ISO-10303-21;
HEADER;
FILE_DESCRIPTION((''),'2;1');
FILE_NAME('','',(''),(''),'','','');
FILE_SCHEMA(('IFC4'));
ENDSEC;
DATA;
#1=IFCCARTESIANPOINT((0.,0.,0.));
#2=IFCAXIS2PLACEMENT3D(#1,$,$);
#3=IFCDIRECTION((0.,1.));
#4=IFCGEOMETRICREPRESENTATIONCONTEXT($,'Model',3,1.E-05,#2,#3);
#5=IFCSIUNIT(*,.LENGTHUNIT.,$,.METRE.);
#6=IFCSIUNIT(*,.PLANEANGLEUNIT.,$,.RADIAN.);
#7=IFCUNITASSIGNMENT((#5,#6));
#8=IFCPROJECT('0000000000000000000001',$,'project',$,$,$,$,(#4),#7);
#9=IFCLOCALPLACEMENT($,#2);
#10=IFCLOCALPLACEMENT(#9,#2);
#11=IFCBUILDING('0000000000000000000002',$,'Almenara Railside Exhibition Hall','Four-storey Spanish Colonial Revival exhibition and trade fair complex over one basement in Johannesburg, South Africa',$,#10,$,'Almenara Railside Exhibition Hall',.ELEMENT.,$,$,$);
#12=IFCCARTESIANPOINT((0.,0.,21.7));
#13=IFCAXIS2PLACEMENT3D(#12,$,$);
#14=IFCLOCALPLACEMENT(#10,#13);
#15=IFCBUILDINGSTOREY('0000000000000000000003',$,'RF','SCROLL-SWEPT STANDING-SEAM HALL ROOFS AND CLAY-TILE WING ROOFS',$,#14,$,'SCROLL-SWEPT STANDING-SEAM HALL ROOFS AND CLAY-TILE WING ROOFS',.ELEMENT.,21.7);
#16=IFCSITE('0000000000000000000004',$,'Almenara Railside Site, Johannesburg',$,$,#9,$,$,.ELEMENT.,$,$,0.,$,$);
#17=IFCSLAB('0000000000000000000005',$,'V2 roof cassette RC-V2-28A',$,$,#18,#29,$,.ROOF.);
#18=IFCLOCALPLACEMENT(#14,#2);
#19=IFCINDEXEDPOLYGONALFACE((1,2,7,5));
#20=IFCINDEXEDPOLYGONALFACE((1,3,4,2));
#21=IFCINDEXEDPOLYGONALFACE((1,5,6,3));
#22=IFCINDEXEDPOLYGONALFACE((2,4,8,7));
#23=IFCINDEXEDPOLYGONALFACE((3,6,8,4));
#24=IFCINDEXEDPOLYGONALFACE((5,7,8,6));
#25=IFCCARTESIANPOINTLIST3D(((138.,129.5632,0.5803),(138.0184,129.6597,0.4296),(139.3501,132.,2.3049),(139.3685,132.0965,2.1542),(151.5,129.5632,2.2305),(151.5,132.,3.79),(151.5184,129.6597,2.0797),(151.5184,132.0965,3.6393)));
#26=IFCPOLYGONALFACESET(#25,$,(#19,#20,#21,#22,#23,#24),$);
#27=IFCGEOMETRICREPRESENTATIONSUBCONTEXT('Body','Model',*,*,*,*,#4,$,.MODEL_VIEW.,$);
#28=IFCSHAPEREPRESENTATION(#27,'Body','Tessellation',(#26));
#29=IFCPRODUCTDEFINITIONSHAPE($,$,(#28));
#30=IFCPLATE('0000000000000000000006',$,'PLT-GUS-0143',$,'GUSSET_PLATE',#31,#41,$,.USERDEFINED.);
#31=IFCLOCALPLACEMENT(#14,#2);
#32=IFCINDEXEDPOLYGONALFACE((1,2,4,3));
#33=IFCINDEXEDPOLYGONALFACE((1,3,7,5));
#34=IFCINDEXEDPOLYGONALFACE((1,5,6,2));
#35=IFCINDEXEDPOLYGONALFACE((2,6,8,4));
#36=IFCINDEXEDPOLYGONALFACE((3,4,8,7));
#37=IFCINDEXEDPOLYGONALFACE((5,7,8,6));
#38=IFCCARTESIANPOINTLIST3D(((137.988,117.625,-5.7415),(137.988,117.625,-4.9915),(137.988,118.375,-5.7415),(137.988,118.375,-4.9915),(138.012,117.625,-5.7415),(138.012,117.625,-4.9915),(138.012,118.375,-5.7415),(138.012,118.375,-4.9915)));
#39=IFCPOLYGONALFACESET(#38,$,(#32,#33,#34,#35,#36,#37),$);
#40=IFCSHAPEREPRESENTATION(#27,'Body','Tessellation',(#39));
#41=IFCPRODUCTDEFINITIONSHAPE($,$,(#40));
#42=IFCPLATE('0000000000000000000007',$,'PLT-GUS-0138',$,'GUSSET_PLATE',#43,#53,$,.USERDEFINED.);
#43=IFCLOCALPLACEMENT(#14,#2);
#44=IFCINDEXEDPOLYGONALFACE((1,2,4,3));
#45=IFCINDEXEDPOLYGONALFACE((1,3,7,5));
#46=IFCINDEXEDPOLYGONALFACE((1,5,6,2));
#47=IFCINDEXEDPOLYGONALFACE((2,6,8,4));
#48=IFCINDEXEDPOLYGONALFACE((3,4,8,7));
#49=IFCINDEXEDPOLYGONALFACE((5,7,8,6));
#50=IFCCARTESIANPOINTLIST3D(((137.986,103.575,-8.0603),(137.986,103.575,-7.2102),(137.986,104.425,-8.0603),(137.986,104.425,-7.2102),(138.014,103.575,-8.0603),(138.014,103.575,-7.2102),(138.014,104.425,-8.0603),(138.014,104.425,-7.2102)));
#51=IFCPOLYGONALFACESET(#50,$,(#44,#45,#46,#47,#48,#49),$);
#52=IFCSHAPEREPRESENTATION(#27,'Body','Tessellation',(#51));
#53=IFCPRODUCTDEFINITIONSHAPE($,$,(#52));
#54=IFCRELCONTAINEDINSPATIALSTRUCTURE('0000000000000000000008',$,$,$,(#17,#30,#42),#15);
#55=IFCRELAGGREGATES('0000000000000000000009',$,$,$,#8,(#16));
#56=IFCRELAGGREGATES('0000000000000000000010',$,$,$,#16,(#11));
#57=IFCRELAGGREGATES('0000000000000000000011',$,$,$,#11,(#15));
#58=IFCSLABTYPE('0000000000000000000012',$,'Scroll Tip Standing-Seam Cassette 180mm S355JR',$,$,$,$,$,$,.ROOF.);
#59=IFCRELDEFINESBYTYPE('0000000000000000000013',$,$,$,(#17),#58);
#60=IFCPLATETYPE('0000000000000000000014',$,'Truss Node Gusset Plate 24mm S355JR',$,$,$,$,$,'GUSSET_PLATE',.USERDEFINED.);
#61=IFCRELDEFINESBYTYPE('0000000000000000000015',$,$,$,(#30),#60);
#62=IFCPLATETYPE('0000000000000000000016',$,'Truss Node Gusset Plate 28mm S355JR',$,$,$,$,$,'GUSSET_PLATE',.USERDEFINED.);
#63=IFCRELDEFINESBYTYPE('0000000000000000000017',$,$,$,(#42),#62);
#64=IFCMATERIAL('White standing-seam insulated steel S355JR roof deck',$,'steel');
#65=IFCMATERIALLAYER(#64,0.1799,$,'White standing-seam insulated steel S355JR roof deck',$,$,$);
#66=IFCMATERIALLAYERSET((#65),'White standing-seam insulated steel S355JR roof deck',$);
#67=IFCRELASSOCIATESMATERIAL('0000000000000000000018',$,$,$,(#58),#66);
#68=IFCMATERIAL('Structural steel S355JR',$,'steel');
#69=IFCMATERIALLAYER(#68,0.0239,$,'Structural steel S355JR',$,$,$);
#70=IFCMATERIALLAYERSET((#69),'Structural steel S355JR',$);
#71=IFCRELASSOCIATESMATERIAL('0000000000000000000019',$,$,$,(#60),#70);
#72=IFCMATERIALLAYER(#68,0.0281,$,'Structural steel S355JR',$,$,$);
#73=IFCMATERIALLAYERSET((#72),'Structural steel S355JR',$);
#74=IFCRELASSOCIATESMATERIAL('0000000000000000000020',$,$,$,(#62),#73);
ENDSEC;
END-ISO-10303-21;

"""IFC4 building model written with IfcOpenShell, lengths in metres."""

from ifc_helpers import new_model, si_unit, direction, frame, origin, origin_2d, place, context, subcontext, project, spatial, polyline, rectangle, outline, extrude, material, layer, layer_set, type_object, element, save


model = new_model("IFC4")

# Units and contexts
model_context = context("Model", 3, precision=1e-05, world=origin(), true_north=direction((0.0, 1.0)))
body_context = subcontext(model_context, "Body", "Model", "MODEL_VIEW")
ifc_project = project(units=[si_unit("LENGTHUNIT", "METRE"), si_unit("PLANEANGLEUNIT", "RADIAN")], contexts=[model_context])

# Site, building, storey
site_placement = place(None, origin())
site = spatial("IfcSite", under=ifc_project, at=site_placement, Name="Almenara Railside Site, Johannesburg", CompositionType="ELEMENT", RefElevation=0.0)
building_placement = place(site_placement, origin())
building = spatial("IfcBuilding", under=site, at=building_placement, Name="Almenara Railside Exhibition Hall", Description="Four-storey Spanish Colonial Revival exhibition and trade fair complex over one basement in Johannesburg, South Africa", LongName="Almenara Railside Exhibition Hall", CompositionType="ELEMENT")
storey_placement = place(building_placement, frame((0.0, 0.0, 21.7)))
storey = spatial("IfcBuildingStorey", under=building, at=storey_placement, Name="RF", Description="SCROLL-SWEPT STANDING-SEAM HALL ROOFS AND CLAY-TILE WING ROOFS", LongName="SCROLL-SWEPT STANDING-SEAM HALL ROOFS AND CLAY-TILE WING ROOFS", CompositionType="ELEMENT", Elevation=21.7)

# Shared definitions
ifc_material_1 = material(Name="Structural steel S355JR", Category="steel")

# Slab
ifc_material_2 = material(Name="White standing-seam insulated steel S355JR roof deck", Category="steel")
ifc_layer_1 = layer(ifc_material_2, 0.1799, Name="White standing-seam insulated steel S355JR roof deck")
ifc_layer_set_1 = layer_set([ifc_layer_1], Name="White standing-seam insulated steel S355JR roof deck")
slab_type_1 = type_object("IfcSlabType", Name="Scroll Tip Standing-Seam Cassette 180mm S355JR", PredefinedType="ROOF", material=ifc_layer_set_1)
slab_1_placement = place(storey_placement, frame((138.0, 129.5632, 0.5803), z_axis=(-0.102411, -0.536231, 0.837836), x_axis=(0.992612, 0.0, 0.12133)))
element("IfcSlab", 1, at=slab_1_placement, inside=storey, type_object=slab_type_1, Name="V2 roof cassette RC-V2-28A", PredefinedType="ROOF", context=body_context, shape_type="SweptSolid", body=[
    extrude(outline(polyline([(0.0, 0.0), (13.6005, 0.0), (13.7897, 2.8869), (1.5494, 2.8869), (0.0, 0.0)])), origin(), (0.0, 0.0, -1.0), 0.1799),
])

# Plates
ifc_layer_2 = layer(ifc_material_1, 0.0239, Name="Structural steel S355JR")
ifc_layer_set_2 = layer_set([ifc_layer_2], Name="Structural steel S355JR")
plate_type_1 = type_object("IfcPlateType", Name="Truss Node Gusset Plate 24mm S355JR", ElementType="GUSSET_PLATE", PredefinedType="USERDEFINED", material=ifc_layer_set_2)
plate_1_placement = place(storey_placement, frame((138.0, 118.0, -5.7415), z_axis=(0.0, 0.0, 1.0), x_axis=(0.0, 1.0, 0.0)))
element("IfcPlate", 2, at=plate_1_placement, inside=storey, type_object=plate_type_1, Name="PLT-GUS-0143", ObjectType="GUSSET_PLATE", PredefinedType="USERDEFINED", context=body_context, shape_type="SweptSolid", body=[
    extrude(rectangle(XDim=0.75, YDim=0.0239, at=origin_2d()), origin(), (0.0, 0.0, 1.0), 0.75),
])
ifc_layer_3 = layer(ifc_material_1, 0.0281, Name="Structural steel S355JR")
ifc_layer_set_3 = layer_set([ifc_layer_3], Name="Structural steel S355JR")
plate_type_2 = type_object("IfcPlateType", Name="Truss Node Gusset Plate 28mm S355JR", ElementType="GUSSET_PLATE", PredefinedType="USERDEFINED", material=ifc_layer_set_3)
plate_2_placement = place(storey_placement, frame((138.0, 104.0, -8.0603), z_axis=(0.0, 0.0, 1.0), x_axis=(0.0, 1.0, 0.0)))
element("IfcPlate", 3, at=plate_2_placement, inside=storey, type_object=plate_type_2, Name="PLT-GUS-0138", ObjectType="GUSSET_PLATE", PredefinedType="USERDEFINED", context=body_context, shape_type="SweptSolid", body=[
    extrude(rectangle(XDim=0.8501, YDim=0.0281, at=origin_2d()), origin(), (0.0, 0.0, 1.0), 0.8501),
])

save(model, "model.ifc")
